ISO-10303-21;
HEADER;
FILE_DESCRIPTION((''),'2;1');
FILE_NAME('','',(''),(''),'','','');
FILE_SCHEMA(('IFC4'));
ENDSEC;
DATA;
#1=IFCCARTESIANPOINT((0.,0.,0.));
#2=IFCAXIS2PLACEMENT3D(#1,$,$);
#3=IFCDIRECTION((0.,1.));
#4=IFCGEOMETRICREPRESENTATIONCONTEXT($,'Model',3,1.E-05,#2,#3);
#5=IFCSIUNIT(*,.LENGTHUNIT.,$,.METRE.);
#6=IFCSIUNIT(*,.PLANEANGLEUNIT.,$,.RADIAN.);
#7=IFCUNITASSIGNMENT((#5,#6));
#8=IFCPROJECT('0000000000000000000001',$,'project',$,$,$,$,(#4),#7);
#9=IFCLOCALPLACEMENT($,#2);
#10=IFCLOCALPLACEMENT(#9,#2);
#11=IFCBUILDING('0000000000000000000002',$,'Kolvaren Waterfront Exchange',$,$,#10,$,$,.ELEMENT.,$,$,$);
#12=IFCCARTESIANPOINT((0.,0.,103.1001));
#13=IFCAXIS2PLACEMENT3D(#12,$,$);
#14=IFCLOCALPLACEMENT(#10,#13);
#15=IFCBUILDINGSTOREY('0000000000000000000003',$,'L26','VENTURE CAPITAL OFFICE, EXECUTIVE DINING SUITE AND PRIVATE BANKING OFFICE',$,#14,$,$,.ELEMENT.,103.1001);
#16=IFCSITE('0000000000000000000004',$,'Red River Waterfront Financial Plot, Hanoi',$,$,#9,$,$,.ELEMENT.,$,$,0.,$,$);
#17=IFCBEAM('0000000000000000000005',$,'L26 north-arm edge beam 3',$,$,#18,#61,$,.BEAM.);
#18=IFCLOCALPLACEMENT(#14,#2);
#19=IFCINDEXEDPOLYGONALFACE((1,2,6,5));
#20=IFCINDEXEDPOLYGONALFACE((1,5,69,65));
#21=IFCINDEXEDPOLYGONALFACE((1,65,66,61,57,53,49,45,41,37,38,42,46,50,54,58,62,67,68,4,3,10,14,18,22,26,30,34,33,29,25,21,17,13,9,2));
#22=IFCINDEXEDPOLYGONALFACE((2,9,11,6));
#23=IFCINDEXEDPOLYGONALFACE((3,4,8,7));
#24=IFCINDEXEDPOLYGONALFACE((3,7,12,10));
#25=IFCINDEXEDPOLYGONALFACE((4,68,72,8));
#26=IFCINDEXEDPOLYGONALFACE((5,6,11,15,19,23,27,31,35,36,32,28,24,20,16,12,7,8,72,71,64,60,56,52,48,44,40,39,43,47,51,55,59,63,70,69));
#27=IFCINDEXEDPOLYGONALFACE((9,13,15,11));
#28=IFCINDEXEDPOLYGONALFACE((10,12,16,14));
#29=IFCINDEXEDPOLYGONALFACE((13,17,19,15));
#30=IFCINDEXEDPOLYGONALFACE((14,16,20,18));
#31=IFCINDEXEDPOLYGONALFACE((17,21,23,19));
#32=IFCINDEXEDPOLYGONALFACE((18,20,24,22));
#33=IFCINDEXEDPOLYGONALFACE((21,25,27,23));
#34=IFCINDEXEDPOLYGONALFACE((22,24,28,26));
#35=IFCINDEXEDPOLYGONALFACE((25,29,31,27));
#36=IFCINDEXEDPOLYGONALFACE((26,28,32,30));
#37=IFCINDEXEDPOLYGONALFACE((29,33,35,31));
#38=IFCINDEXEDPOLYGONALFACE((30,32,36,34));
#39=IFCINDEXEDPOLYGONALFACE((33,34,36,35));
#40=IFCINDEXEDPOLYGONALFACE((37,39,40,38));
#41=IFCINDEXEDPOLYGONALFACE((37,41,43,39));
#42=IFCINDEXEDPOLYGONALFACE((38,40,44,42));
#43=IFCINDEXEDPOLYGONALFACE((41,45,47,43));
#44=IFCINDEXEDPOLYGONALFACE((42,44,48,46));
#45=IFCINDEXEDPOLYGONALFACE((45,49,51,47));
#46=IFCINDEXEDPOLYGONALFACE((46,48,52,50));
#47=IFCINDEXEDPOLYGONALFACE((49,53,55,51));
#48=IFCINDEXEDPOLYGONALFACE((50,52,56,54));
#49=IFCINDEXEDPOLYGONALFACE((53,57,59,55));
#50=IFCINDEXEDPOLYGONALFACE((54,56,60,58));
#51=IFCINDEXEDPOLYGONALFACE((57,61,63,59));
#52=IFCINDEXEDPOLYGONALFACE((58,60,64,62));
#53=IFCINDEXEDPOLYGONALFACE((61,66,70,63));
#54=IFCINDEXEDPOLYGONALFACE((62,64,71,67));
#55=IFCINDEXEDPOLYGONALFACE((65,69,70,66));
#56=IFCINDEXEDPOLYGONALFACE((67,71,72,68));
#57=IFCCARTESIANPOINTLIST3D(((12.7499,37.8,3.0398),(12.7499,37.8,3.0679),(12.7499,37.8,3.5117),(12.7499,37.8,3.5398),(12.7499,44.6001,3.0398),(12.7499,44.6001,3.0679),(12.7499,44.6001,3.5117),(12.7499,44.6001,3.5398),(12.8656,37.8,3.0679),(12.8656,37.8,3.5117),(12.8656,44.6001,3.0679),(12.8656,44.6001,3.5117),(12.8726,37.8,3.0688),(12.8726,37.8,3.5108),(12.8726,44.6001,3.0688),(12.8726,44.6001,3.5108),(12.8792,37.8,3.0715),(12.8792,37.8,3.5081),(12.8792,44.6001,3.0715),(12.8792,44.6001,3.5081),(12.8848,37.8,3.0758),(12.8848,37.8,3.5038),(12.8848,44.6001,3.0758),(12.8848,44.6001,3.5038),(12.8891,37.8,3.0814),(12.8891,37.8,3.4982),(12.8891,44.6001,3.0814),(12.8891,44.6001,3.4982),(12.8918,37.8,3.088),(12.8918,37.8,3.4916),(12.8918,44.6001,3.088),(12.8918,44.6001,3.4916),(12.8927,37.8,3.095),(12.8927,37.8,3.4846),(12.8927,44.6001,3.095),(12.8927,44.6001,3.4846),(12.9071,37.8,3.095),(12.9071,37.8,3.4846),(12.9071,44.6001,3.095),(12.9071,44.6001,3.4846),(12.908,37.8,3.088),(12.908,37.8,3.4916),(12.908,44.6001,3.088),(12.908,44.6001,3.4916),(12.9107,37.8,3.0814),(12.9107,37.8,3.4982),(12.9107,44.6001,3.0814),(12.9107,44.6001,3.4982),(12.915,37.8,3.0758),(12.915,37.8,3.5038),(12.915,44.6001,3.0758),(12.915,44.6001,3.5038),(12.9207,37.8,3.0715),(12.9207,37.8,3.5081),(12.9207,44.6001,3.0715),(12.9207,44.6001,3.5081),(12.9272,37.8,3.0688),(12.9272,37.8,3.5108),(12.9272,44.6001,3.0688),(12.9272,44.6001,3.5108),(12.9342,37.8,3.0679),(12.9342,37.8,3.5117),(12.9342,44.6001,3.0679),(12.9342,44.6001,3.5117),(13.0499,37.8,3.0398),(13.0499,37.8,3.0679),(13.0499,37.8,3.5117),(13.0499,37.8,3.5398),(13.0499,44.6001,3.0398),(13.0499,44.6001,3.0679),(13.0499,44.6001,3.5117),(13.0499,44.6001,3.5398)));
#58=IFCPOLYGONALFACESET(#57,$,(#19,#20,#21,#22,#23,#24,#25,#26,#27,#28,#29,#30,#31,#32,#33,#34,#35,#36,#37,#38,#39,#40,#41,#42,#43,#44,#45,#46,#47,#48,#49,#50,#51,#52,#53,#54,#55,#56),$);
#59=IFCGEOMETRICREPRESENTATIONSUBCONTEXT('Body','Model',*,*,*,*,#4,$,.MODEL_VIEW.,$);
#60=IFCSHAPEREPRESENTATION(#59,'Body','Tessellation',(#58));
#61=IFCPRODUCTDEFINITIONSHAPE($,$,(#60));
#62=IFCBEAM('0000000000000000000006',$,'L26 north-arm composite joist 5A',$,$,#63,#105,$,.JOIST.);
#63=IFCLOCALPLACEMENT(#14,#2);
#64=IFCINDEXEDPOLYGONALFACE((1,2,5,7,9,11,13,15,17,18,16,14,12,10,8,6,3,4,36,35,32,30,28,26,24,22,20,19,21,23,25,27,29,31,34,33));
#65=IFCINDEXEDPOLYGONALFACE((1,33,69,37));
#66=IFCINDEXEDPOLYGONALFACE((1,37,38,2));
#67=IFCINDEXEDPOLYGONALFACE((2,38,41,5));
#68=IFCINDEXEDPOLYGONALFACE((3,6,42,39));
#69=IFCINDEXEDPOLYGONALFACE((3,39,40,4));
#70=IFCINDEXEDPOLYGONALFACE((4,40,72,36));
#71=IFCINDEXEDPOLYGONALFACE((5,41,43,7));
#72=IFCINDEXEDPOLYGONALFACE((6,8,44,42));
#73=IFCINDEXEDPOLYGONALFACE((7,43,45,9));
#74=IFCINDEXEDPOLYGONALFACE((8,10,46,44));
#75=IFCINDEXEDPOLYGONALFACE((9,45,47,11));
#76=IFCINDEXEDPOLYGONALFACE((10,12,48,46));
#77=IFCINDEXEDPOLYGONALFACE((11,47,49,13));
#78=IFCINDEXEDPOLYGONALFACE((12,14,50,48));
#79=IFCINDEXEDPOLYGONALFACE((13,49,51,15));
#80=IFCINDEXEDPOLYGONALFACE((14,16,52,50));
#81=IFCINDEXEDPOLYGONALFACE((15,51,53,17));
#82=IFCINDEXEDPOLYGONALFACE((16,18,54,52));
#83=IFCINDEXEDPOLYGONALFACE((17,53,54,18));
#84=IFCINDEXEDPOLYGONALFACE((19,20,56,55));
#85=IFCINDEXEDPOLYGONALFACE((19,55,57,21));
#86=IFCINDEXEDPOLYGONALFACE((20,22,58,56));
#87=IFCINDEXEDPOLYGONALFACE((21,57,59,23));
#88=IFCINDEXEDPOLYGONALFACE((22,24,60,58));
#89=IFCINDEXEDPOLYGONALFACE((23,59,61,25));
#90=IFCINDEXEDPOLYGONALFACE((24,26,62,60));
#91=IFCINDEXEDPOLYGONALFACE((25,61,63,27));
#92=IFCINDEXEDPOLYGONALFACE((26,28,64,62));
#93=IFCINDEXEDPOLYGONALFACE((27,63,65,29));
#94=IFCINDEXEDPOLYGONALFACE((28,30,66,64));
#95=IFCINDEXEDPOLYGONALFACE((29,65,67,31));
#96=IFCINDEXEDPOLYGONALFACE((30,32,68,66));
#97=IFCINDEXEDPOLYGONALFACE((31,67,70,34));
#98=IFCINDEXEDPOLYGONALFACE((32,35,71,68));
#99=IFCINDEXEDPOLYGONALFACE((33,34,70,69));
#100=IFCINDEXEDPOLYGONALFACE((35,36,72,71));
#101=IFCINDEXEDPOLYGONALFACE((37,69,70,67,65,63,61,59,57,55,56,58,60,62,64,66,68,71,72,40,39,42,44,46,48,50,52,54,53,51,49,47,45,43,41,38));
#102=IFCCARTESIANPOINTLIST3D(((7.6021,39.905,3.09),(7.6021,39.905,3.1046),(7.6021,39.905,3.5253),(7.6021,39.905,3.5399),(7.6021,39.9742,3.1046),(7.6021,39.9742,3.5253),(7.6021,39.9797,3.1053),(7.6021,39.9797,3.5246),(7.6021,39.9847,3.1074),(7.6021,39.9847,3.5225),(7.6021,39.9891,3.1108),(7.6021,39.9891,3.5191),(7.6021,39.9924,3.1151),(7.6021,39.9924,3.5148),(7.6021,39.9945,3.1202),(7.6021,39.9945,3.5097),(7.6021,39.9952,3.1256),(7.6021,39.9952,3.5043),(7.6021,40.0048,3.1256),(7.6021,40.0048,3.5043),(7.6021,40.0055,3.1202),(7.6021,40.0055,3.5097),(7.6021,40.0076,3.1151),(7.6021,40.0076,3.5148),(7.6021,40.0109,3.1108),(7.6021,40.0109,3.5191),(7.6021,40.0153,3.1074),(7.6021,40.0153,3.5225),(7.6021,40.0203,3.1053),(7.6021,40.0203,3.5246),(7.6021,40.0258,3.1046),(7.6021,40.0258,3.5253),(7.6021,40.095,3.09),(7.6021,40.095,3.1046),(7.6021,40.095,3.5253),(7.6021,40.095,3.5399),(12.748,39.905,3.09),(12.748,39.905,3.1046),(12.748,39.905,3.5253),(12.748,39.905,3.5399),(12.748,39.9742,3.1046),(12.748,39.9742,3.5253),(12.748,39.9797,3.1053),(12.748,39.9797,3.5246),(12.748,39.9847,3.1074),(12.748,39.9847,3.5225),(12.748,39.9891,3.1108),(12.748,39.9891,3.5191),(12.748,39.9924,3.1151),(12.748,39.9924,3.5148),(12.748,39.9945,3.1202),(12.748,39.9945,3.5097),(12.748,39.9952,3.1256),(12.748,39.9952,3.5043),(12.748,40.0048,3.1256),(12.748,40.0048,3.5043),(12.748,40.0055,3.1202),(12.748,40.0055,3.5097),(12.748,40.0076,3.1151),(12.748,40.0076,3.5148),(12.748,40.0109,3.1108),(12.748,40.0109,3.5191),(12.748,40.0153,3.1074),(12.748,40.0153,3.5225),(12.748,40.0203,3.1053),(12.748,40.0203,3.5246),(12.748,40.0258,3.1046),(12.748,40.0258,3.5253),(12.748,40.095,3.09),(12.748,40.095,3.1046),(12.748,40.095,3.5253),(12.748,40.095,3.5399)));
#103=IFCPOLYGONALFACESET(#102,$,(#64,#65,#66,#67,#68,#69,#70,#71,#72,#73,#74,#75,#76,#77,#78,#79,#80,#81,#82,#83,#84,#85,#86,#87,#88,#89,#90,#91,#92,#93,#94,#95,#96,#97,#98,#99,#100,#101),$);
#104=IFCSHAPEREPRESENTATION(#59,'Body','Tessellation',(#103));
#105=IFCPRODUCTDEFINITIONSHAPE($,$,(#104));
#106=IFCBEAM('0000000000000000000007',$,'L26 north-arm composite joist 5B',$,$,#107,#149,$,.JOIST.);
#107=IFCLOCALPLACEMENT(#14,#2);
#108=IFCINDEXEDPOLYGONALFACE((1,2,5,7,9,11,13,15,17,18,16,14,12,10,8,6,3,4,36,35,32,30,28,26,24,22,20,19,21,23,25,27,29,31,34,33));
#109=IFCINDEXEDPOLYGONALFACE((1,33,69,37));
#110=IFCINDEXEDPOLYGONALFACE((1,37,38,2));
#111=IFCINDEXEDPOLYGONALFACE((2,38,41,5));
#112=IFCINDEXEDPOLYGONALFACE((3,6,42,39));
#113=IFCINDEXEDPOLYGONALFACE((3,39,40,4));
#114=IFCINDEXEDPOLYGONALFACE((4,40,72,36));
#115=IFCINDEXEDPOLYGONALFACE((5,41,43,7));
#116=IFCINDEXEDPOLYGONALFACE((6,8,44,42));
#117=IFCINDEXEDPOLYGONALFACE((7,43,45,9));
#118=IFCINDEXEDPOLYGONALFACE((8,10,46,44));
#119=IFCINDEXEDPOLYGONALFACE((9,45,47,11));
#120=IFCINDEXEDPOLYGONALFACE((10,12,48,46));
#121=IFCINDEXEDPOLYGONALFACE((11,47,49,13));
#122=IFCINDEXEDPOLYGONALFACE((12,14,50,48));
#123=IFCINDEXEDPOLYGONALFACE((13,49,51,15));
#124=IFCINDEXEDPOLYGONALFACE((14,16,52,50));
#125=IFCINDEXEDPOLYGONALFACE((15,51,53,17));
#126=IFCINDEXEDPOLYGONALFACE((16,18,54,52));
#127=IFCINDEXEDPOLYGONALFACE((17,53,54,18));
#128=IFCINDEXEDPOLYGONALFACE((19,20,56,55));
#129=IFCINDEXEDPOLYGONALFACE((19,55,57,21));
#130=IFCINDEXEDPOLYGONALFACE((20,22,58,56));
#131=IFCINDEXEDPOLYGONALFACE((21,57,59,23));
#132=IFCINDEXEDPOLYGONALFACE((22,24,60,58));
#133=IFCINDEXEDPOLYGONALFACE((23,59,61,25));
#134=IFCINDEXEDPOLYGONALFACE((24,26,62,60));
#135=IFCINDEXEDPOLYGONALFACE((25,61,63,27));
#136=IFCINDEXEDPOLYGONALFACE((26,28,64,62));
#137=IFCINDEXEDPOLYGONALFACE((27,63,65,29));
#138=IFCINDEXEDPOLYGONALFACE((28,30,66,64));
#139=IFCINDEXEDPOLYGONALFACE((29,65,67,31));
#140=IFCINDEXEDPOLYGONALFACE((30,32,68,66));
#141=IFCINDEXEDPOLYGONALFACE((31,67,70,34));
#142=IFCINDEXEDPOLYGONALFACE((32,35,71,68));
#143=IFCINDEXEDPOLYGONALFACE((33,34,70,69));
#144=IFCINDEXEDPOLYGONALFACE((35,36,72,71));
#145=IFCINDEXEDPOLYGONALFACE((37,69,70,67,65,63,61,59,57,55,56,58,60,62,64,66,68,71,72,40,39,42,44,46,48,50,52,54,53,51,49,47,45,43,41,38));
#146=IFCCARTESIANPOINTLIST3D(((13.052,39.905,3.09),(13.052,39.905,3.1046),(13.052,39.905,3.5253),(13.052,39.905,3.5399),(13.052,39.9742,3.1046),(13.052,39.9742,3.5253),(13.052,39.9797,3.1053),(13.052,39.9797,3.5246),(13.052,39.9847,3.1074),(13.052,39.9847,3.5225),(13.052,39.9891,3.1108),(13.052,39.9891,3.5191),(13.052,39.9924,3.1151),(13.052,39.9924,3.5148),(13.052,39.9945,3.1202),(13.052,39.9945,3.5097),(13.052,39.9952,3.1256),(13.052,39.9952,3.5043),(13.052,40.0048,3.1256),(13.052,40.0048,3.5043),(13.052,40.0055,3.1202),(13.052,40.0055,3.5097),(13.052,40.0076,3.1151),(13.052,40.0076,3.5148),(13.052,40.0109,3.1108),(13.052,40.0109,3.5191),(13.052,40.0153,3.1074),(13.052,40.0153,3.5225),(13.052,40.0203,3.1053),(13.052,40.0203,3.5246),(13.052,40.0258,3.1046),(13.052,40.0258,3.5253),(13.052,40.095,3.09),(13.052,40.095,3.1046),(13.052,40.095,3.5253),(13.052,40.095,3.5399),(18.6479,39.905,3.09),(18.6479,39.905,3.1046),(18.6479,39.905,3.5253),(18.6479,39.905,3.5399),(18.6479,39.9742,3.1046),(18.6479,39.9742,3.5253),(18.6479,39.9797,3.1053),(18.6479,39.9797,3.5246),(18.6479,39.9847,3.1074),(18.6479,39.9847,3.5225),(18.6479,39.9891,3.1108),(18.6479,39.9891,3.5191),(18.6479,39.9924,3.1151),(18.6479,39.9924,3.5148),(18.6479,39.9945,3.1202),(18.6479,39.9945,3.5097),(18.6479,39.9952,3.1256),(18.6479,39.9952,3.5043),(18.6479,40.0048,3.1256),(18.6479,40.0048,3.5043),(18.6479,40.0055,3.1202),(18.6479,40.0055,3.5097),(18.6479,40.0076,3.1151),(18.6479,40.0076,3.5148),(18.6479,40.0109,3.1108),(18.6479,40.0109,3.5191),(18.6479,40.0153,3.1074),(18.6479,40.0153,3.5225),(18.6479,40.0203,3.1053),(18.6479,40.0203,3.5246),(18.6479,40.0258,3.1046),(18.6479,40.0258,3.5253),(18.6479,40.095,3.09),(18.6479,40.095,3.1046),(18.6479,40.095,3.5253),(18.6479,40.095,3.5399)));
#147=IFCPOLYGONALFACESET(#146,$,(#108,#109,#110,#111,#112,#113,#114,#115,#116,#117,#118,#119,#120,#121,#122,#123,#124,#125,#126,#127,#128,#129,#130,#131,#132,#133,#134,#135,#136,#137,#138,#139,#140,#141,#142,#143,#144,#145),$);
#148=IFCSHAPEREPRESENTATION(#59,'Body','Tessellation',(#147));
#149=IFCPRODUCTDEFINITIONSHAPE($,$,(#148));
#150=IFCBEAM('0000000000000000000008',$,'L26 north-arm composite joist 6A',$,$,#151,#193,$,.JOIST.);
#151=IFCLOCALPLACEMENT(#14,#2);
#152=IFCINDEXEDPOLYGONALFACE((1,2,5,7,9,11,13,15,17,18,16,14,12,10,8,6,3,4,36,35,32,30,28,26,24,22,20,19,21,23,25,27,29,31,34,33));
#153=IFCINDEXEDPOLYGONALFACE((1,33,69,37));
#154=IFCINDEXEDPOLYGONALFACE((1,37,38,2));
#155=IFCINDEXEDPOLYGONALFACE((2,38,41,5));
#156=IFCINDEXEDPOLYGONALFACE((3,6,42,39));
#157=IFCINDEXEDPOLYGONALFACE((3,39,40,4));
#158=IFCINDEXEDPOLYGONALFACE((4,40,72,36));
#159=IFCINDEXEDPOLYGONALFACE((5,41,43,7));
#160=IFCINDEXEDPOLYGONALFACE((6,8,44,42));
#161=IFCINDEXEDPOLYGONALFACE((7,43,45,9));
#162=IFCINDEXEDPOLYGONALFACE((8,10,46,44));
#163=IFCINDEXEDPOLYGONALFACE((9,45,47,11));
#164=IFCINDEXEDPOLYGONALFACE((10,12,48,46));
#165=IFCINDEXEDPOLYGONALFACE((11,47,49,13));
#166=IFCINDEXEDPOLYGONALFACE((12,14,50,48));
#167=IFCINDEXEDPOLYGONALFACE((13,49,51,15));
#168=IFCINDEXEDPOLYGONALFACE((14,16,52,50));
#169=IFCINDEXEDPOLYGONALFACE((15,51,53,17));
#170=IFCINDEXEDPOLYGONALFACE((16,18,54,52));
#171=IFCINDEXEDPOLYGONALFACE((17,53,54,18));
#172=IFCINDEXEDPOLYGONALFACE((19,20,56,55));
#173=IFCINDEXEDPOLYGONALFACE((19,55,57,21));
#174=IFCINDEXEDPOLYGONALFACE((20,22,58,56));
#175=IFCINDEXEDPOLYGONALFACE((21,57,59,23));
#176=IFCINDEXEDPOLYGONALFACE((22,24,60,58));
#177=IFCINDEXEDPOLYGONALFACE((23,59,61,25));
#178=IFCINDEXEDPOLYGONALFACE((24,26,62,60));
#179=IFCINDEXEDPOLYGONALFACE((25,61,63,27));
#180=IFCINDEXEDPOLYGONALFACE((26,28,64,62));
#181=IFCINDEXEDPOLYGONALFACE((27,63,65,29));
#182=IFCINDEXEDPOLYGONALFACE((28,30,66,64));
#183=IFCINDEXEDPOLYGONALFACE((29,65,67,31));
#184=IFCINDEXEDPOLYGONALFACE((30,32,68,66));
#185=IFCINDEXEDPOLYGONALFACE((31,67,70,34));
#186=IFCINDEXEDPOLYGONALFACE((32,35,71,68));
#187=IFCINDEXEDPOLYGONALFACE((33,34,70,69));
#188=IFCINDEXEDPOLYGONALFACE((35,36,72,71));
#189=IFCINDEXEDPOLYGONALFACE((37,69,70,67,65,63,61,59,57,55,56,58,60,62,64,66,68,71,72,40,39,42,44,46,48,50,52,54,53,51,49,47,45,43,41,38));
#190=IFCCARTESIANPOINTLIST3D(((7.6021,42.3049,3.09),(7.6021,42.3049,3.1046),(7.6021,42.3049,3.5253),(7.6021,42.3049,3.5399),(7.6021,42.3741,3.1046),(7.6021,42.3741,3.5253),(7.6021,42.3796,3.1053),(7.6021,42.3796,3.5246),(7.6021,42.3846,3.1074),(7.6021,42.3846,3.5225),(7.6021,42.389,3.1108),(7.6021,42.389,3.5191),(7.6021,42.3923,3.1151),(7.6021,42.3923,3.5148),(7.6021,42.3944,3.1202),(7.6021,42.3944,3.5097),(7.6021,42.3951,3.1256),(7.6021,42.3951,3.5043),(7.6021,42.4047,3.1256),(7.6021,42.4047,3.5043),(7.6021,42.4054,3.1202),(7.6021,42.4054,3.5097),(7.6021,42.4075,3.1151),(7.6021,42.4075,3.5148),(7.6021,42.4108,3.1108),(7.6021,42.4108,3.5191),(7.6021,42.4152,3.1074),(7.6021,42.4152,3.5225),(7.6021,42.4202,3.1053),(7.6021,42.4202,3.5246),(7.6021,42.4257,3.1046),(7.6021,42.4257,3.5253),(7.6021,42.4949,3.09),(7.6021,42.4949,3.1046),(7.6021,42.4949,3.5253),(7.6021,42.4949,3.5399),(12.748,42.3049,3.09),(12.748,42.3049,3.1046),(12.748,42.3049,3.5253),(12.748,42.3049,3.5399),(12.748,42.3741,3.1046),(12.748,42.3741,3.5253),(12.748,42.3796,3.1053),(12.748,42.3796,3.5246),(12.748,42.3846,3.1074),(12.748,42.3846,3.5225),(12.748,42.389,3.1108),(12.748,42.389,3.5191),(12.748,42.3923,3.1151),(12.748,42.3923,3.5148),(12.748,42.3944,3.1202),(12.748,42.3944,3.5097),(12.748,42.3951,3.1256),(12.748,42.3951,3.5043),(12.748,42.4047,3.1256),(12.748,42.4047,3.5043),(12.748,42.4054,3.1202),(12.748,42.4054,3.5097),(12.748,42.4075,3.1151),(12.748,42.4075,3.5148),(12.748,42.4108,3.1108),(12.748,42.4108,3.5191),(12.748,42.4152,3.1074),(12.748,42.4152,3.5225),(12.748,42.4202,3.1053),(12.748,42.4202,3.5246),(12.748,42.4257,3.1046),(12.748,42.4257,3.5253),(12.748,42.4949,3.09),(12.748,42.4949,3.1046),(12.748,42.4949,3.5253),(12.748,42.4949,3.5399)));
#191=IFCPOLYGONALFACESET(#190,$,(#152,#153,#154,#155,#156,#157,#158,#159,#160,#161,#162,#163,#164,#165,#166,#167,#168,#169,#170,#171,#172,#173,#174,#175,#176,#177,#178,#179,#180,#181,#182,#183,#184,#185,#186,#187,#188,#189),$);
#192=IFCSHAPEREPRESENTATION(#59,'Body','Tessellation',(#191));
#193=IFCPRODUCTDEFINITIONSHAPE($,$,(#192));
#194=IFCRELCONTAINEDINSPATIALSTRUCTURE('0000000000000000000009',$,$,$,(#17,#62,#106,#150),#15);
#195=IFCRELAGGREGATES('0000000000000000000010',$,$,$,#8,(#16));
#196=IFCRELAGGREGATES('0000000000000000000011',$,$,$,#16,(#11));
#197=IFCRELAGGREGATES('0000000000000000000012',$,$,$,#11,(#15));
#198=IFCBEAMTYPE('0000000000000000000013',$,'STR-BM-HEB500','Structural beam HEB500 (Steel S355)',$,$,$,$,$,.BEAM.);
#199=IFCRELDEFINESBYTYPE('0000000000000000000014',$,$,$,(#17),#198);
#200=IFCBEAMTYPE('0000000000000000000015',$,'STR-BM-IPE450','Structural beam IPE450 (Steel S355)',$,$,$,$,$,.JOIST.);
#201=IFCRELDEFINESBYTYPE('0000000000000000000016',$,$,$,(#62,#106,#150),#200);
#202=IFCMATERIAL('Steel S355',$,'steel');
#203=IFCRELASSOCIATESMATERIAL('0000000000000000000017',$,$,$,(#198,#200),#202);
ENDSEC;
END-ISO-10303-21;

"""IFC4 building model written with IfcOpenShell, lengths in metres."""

from ifc_helpers import new_model, si_unit, direction, frame, origin, origin_2d, place, context, subcontext, project, spatial, i_section, extrude, material, material_profile, profile_set, type_object, element, save


model = new_model("IFC4")

# Units and contexts
model_context = context("Model", 3, precision=1e-05, world=origin(), true_north=direction((0.0, 1.0)))
body_context = subcontext(model_context, "Body", "Model", "MODEL_VIEW")
ifc_project = project(units=[si_unit("LENGTHUNIT", "METRE"), si_unit("PLANEANGLEUNIT", "RADIAN")], contexts=[model_context])

# Site, building, storey
site_placement = place(None, origin())
site = spatial("IfcSite", under=ifc_project, at=site_placement, Name="Red River Waterfront Financial Plot, Hanoi", CompositionType="ELEMENT", RefElevation=0.0)
building_placement = place(site_placement, origin())
building = spatial("IfcBuilding", under=site, at=building_placement, Name="Kolvaren Waterfront Exchange", CompositionType="ELEMENT")
storey_placement = place(building_placement, frame((0.0, 0.0, 103.1001)))
storey = spatial("IfcBuildingStorey", under=building, at=storey_placement, Name="L26", Description="VENTURE CAPITAL OFFICE, EXECUTIVE DINING SUITE AND PRIVATE BANKING OFFICE", CompositionType="ELEMENT", Elevation=103.1001)

# Beams
ifc_material_1 = material(Name="Steel S355", Category="steel")
ifc_material_profile_1 = material_profile(ifc_material_1, i_section(OverallWidth=0.3, OverallDepth=0.5, WebThickness=0.0144, FlangeThickness=0.0281, FilletRadius=0.0271, at=origin_2d()), Name="HEB500")
ifc_profile_set_1 = profile_set([ifc_material_profile_1], Name="Steel S355")
beam_type_1 = type_object("IfcBeamType", Name="STR-BM-HEB500", Description="Structural beam HEB500 (Steel S355)", PredefinedType="BEAM", material=ifc_profile_set_1)
beam_1_placement = place(storey_placement, frame((12.8999, 37.8, 3.2898), z_axis=(0.0, 1.0, 0.0), x_axis=(-1.0, 0.0, 0.0)))
element("IfcBeam", 1, at=beam_1_placement, inside=storey, type_object=beam_type_1, Name="L26 north-arm edge beam 3", PredefinedType="BEAM", context=body_context, shape_type="SweptSolid", body=[
    extrude(i_section(OverallWidth=0.3, OverallDepth=0.5, WebThickness=0.0144, FlangeThickness=0.0281, FilletRadius=0.0271, at=origin_2d()), origin(), (0.0, 0.0, 1.0), 6.8),
])
ifc_material_profile_2 = material_profile(ifc_material_1, i_section(OverallWidth=0.1899, OverallDepth=0.45, WebThickness=0.0095, FlangeThickness=0.0146, FilletRadius=0.021, at=origin_2d()), Name="IPE450")
ifc_profile_set_2 = profile_set([ifc_material_profile_2], Name="Steel S355")
beam_type_2 = type_object("IfcBeamType", Name="STR-BM-IPE450", Description="Structural beam IPE450 (Steel S355)", PredefinedType="JOIST", material=ifc_profile_set_2)
beam_2_placement = place(storey_placement, frame((7.6021, 40.0, 3.3149), z_axis=(1.0, 0.0, 0.0), x_axis=(0.0, 1.0, 0.0)))
element("IfcBeam", 2, at=beam_2_placement, inside=storey, type_object=beam_type_2, Name="L26 north-arm composite joist 5A", PredefinedType="JOIST", context=body_context, shape_type="SweptSolid", body=[
    extrude(i_section(OverallWidth=0.1899, OverallDepth=0.45, WebThickness=0.0095, FlangeThickness=0.0146, FilletRadius=0.021, at=origin_2d()), origin(), (0.0, 0.0, 1.0), 5.146),
])
beam_3_placement = place(storey_placement, frame((13.052, 40.0, 3.3149), z_axis=(1.0, 0.0, 0.0), x_axis=(0.0, 1.0, 0.0)))
element("IfcBeam", 3, at=beam_3_placement, inside=storey, type_object=beam_type_2, Name="L26 north-arm composite joist 5B", PredefinedType="JOIST", context=body_context, shape_type="SweptSolid", body=[
    extrude(i_section(OverallWidth=0.1899, OverallDepth=0.45, WebThickness=0.0095, FlangeThickness=0.0146, FilletRadius=0.021, at=origin_2d()), origin(), (0.0, 0.0, 1.0), 5.5959),
])
beam_4_placement = place(storey_placement, frame((7.6021, 42.3999, 3.3149), z_axis=(1.0, 0.0, 0.0), x_axis=(0.0, 1.0, 0.0)))
element("IfcBeam", 4, at=beam_4_placement, inside=storey, type_object=beam_type_2, Name="L26 north-arm composite joist 6A", PredefinedType="JOIST", context=body_context, shape_type="SweptSolid", body=[
    extrude(i_section(OverallWidth=0.1899, OverallDepth=0.45, WebThickness=0.0095, FlangeThickness=0.0146, FilletRadius=0.021, at=origin_2d()), origin(), (0.0, 0.0, 1.0), 5.146),
])

save(model, "model.ifc")
